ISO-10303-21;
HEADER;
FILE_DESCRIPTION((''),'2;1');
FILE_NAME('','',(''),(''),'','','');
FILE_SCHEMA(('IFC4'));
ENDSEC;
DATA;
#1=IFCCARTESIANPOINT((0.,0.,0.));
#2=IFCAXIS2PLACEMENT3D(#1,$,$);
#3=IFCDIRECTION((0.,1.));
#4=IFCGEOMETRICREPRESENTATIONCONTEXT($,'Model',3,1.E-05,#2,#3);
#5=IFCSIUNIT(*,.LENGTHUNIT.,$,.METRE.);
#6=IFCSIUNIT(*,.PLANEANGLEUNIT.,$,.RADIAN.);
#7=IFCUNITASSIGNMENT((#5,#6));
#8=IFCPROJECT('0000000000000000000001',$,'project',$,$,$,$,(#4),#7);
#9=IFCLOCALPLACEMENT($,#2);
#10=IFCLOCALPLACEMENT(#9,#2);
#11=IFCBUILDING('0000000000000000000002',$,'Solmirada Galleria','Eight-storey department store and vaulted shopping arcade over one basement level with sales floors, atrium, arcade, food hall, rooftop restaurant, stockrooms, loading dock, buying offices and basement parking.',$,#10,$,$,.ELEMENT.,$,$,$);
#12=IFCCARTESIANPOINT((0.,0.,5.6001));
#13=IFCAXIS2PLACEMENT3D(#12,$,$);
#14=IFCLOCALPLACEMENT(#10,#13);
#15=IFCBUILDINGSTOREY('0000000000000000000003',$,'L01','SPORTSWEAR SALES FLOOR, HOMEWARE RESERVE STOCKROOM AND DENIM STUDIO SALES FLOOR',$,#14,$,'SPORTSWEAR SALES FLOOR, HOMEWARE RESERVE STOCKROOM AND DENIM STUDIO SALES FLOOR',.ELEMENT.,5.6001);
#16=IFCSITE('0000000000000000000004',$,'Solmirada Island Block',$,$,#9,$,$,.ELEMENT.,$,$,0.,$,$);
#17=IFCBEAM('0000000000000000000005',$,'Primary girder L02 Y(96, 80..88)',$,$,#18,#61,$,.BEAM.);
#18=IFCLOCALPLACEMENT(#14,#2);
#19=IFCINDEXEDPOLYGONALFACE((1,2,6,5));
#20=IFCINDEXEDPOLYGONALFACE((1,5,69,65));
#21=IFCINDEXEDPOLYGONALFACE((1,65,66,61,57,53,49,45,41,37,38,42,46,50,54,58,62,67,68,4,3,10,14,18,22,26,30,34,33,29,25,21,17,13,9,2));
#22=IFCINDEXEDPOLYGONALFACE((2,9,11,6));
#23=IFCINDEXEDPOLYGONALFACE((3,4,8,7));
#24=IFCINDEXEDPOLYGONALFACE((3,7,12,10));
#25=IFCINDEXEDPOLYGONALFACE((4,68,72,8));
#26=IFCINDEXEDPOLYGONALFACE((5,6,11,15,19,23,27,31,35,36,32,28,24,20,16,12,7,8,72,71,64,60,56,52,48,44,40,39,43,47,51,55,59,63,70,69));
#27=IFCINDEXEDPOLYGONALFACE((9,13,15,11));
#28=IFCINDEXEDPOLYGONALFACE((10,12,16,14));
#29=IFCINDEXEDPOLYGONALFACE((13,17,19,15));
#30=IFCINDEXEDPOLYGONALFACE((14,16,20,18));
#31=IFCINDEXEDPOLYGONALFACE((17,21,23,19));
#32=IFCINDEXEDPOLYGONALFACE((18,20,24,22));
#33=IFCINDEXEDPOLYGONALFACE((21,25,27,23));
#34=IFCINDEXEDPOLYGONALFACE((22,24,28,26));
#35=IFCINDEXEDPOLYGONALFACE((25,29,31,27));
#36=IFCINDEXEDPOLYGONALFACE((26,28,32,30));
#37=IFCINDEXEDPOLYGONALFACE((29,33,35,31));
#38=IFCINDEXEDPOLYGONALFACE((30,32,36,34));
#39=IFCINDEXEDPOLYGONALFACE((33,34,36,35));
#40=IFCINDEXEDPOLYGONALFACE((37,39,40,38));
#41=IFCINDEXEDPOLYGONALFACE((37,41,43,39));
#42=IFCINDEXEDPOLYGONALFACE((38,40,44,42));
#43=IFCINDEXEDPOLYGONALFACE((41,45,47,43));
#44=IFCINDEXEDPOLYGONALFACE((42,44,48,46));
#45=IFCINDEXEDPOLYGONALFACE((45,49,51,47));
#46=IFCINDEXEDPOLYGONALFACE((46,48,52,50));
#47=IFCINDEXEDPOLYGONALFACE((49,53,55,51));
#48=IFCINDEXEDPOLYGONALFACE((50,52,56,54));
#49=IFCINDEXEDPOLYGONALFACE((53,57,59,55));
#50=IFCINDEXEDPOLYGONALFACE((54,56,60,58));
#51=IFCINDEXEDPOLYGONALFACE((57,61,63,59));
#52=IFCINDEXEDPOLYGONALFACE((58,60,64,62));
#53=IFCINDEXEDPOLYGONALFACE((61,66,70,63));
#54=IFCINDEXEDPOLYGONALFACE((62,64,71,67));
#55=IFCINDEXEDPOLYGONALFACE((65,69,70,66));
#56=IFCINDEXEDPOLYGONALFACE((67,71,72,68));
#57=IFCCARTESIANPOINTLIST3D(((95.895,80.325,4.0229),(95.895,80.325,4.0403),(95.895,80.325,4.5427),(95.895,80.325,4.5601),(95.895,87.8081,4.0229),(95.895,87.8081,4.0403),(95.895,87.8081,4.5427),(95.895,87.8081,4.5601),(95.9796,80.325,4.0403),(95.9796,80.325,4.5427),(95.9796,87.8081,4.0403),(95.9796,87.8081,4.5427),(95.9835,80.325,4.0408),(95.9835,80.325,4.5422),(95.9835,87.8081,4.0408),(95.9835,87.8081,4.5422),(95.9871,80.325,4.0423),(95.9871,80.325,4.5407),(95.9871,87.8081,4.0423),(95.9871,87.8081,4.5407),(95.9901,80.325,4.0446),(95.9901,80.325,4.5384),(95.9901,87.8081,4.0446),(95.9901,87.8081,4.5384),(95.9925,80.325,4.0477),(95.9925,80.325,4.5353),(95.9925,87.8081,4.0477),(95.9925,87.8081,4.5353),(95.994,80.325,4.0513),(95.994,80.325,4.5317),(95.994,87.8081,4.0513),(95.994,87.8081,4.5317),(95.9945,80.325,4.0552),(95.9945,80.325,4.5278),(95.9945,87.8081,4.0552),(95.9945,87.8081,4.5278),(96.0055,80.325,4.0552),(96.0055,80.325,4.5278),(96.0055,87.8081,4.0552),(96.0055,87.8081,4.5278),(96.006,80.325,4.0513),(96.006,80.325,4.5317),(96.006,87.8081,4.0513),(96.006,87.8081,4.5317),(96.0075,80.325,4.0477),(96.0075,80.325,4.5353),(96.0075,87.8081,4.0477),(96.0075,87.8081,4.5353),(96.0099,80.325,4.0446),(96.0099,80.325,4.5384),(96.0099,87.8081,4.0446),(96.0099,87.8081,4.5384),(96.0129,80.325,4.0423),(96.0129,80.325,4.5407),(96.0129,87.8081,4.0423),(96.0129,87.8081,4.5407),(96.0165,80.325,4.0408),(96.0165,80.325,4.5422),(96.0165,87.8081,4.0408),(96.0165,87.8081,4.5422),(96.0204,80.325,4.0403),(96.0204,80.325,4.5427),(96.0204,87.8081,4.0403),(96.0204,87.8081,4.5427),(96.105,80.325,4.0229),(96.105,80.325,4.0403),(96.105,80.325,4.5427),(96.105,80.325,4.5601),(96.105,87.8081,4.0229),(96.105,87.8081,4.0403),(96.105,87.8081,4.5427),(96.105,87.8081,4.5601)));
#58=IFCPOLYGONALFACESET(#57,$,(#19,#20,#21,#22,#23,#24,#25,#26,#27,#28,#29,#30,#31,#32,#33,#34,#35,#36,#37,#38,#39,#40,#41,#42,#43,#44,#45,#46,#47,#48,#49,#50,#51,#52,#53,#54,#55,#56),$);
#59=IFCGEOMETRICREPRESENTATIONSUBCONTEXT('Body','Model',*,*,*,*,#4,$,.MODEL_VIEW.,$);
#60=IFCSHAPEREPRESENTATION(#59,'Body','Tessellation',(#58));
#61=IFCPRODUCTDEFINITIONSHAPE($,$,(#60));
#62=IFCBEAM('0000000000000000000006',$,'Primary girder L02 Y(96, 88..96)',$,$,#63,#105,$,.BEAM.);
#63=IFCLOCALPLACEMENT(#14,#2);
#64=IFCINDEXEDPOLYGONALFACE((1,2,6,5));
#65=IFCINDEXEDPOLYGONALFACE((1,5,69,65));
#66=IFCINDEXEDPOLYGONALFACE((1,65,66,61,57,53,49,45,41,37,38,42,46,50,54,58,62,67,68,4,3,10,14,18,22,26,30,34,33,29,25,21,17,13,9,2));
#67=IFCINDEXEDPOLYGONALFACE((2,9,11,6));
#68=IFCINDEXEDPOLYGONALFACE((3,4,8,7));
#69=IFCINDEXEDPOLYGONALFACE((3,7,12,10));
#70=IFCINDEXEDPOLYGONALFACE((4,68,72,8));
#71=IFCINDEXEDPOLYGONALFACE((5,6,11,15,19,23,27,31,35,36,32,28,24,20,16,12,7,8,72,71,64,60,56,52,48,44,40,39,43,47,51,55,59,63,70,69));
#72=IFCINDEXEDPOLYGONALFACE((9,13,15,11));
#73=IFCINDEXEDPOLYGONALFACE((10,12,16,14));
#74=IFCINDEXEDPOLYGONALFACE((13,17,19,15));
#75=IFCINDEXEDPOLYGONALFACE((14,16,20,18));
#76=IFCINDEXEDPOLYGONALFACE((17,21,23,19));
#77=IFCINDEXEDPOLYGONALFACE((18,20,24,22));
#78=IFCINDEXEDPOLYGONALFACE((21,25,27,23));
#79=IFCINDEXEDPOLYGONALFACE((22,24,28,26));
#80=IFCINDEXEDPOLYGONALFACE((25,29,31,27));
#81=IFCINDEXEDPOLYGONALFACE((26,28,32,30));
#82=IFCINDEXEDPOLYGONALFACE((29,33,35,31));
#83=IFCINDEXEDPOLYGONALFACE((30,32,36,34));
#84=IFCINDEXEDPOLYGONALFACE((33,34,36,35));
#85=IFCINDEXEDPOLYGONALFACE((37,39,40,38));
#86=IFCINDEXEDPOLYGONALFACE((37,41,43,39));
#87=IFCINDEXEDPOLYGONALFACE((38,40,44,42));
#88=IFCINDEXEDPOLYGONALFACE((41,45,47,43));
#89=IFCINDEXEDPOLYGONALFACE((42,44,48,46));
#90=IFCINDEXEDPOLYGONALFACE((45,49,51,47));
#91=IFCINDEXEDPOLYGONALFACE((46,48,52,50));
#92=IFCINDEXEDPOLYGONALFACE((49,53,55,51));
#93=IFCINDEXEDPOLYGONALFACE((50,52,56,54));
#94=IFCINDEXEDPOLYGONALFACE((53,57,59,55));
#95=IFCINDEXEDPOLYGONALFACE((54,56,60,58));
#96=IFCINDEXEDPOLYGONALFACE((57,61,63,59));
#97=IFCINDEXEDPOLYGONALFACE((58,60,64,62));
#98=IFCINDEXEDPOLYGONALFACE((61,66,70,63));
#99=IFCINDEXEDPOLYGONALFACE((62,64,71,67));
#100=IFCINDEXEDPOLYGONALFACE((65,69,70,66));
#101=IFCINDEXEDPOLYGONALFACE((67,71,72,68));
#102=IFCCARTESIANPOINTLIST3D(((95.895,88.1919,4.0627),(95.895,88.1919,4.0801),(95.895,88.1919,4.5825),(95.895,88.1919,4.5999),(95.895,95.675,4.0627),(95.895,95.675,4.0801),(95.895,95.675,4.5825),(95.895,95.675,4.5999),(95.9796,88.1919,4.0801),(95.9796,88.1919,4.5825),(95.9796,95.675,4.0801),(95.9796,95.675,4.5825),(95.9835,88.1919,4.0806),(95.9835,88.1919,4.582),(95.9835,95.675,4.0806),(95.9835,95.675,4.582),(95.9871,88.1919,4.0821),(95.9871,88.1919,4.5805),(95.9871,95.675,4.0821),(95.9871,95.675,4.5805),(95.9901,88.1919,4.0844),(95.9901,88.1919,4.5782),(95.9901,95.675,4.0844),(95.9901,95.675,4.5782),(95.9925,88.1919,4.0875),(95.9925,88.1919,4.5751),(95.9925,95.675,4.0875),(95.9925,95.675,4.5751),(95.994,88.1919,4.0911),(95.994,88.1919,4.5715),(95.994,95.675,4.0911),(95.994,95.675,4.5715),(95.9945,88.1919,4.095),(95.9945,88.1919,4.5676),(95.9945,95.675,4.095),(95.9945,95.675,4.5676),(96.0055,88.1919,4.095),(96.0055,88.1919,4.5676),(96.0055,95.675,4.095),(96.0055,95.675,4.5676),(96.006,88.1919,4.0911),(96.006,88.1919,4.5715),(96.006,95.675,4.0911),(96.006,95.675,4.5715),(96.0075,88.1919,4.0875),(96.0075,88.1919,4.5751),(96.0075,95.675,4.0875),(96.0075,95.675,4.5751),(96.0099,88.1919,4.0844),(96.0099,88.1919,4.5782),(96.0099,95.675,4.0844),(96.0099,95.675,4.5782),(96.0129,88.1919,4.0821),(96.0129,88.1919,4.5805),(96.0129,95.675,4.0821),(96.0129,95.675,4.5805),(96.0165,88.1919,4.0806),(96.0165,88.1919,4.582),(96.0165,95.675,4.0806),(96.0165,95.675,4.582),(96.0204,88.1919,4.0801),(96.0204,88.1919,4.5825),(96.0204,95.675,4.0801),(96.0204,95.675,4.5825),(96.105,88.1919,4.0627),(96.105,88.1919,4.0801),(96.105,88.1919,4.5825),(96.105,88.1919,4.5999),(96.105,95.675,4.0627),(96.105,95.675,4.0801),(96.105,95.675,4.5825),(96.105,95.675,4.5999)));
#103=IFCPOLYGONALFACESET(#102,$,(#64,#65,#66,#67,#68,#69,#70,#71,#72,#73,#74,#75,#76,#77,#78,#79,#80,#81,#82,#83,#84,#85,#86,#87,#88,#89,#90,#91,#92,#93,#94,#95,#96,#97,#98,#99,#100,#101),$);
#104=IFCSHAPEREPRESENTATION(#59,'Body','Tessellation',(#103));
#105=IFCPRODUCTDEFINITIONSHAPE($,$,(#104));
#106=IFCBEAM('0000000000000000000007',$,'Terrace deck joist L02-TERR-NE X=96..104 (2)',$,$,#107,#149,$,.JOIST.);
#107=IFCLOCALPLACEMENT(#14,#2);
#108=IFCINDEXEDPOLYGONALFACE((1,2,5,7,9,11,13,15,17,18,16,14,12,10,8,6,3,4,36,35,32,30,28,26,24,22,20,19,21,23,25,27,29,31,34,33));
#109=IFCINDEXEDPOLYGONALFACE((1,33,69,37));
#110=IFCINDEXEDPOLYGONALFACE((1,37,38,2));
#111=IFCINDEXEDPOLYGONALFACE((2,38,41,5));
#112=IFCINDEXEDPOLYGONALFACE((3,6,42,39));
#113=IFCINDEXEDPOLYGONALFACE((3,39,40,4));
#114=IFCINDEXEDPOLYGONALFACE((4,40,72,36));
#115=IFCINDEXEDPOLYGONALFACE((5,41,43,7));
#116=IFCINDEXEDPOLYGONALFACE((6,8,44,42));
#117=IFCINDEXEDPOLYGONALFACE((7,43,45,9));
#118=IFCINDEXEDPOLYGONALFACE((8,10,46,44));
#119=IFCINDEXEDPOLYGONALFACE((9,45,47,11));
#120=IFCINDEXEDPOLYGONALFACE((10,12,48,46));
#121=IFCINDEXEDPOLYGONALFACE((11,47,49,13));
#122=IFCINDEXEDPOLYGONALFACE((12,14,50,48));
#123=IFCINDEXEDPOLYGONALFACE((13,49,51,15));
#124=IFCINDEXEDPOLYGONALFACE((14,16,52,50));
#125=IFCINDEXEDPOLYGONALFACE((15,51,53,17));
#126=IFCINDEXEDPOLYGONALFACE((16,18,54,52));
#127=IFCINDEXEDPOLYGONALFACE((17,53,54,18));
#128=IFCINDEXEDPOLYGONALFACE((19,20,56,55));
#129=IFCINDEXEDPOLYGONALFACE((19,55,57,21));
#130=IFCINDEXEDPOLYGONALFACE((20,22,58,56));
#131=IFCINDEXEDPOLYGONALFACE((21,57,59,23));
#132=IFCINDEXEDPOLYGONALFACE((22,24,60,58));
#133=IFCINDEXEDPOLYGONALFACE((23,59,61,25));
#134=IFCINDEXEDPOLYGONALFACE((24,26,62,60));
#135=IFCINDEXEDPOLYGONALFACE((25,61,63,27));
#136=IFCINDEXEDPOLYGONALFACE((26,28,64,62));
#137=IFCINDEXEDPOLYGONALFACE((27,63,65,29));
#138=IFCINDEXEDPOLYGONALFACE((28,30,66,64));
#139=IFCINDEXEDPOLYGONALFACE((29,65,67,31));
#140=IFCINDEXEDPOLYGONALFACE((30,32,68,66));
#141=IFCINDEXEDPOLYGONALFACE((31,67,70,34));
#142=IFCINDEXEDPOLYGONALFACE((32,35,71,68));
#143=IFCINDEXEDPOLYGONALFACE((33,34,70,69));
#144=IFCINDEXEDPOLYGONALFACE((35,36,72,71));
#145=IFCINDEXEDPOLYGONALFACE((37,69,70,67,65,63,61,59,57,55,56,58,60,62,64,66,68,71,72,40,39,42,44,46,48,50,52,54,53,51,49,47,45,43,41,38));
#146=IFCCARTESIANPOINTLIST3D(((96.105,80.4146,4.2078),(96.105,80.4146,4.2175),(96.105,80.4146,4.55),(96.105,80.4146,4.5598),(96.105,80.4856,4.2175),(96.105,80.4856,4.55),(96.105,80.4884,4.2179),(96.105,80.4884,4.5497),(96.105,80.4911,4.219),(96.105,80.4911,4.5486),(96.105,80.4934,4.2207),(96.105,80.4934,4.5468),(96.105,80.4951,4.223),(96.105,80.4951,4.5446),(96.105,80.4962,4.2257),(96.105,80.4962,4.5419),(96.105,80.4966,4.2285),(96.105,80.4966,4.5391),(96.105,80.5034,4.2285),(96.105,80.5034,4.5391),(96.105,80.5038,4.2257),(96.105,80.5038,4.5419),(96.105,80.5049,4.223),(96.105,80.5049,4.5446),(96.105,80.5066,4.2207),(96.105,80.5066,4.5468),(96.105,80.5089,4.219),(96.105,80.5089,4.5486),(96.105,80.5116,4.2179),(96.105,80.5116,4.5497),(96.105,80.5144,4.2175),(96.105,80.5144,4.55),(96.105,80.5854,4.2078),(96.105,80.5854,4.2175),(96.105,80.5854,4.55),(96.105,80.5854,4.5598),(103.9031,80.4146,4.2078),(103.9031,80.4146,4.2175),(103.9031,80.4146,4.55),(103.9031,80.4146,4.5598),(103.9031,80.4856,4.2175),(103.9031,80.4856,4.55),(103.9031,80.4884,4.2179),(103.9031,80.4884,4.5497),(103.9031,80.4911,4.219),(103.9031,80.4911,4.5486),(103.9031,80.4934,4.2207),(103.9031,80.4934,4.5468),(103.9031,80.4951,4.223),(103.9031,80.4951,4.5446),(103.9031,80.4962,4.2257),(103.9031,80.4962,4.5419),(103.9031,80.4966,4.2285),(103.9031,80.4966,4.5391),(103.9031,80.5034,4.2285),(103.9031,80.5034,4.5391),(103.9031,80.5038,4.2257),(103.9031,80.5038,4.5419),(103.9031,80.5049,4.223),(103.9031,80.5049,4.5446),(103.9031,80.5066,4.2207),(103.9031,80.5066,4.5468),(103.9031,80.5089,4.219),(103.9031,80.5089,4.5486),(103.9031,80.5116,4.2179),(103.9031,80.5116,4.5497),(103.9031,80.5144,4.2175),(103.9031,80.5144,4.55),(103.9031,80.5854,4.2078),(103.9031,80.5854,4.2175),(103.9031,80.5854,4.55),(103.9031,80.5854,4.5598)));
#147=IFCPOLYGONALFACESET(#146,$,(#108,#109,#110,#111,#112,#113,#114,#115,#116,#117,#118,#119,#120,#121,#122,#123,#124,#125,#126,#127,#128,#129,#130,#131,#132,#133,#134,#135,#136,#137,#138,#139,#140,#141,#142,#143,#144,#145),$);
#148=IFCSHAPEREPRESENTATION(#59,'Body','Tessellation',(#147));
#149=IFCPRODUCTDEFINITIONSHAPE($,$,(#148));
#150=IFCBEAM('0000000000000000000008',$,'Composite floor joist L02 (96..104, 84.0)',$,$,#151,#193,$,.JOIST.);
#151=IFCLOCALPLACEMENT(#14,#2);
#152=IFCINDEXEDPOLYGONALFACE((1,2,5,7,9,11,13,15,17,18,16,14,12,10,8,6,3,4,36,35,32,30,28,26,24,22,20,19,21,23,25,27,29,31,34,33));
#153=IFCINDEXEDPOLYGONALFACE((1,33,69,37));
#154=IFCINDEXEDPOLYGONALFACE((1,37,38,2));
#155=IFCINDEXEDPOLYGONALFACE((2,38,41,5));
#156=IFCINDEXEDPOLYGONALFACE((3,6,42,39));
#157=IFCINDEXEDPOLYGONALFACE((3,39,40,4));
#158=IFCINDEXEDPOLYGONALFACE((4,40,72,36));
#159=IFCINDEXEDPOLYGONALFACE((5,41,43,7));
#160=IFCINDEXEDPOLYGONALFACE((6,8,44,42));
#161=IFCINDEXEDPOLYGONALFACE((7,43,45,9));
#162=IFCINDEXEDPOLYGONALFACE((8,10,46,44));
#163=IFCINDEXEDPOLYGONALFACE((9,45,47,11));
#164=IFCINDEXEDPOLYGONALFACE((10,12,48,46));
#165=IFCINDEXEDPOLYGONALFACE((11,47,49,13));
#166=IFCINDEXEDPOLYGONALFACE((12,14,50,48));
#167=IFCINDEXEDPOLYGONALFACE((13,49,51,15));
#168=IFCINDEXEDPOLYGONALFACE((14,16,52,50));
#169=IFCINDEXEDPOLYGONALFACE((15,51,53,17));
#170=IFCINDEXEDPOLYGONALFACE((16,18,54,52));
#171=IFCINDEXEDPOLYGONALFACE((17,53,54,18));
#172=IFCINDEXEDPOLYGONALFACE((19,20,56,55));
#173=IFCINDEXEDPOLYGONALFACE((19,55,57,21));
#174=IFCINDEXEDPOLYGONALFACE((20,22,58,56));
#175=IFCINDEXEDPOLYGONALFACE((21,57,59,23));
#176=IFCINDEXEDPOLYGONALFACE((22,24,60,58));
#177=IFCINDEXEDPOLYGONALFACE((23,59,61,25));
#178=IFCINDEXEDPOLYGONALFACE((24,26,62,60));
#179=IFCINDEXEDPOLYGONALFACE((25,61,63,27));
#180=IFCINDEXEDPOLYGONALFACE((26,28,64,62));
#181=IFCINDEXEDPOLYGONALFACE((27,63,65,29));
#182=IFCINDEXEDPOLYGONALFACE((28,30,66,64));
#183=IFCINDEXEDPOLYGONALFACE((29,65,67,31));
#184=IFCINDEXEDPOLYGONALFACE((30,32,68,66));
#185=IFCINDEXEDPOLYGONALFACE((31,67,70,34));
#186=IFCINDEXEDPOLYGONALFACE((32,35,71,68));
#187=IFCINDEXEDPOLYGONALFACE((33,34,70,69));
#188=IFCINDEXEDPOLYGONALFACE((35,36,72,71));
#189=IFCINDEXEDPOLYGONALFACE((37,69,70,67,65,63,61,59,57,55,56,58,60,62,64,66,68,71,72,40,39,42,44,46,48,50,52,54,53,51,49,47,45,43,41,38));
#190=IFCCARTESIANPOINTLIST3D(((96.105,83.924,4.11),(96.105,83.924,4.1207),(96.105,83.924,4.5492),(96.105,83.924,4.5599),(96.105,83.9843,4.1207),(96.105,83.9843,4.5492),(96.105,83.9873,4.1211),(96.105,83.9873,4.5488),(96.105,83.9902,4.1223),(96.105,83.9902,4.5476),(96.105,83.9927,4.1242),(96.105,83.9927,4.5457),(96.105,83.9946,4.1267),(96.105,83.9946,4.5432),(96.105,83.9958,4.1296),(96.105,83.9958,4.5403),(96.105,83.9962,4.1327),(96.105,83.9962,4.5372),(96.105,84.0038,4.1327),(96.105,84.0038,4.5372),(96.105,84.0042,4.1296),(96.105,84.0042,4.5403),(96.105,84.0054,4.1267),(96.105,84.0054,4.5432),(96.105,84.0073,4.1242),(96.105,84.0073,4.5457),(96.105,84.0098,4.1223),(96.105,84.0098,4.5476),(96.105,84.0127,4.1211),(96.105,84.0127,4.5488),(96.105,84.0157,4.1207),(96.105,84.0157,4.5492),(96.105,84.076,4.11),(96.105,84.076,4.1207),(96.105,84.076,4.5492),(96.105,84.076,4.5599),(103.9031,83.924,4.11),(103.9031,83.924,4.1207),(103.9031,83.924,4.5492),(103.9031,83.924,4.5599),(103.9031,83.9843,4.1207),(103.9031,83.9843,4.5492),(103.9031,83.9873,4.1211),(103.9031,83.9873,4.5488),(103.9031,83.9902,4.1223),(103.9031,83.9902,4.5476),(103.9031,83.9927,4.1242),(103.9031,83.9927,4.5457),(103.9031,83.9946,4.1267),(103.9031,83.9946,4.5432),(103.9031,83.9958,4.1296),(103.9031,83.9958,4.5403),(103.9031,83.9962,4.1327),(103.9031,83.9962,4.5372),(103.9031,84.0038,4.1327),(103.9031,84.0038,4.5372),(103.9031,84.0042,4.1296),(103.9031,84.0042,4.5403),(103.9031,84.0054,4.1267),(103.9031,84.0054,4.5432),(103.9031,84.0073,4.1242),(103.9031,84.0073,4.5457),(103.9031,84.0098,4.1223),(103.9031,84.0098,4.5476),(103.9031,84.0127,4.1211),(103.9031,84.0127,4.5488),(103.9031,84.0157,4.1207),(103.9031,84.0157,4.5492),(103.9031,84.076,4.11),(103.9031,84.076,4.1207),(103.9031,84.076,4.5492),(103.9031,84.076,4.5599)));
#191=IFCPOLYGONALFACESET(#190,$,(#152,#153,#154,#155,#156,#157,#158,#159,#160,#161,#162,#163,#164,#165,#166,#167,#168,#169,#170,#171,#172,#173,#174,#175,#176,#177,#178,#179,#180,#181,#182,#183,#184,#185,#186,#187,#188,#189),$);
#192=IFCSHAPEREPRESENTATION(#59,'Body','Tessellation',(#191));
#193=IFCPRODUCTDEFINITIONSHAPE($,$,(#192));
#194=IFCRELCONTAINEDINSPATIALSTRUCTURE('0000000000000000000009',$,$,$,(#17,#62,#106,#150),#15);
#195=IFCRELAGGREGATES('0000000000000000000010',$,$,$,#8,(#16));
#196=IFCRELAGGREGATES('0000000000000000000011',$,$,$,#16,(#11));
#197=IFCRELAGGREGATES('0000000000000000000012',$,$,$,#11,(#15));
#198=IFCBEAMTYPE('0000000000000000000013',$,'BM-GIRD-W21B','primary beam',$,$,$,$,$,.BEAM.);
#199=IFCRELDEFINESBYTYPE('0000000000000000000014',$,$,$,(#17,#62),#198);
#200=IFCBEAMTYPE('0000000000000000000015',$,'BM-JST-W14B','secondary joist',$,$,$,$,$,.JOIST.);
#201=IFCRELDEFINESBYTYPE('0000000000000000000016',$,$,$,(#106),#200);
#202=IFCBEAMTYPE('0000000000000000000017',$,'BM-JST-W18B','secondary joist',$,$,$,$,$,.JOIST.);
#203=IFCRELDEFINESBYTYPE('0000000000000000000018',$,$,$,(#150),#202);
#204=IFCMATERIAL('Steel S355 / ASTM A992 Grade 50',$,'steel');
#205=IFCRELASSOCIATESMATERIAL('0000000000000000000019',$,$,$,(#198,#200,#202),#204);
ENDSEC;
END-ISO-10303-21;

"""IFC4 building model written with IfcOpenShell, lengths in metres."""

from ifc_helpers import new_model, si_unit, direction, frame, origin, origin_2d, place, context, subcontext, project, spatial, i_section, extrude, material, material_profile, profile_set, type_object, element, save


model = new_model("IFC4")

# Units and contexts
model_context = context("Model", 3, precision=1e-05, world=origin(), true_north=direction((0.0, 1.0)))
body_context = subcontext(model_context, "Body", "Model", "MODEL_VIEW")
ifc_project = project(units=[si_unit("LENGTHUNIT", "METRE"), si_unit("PLANEANGLEUNIT", "RADIAN")], contexts=[model_context])

# Site, building, storey
site_placement = place(None, origin())
site = spatial("IfcSite", under=ifc_project, at=site_placement, Name="Solmirada Island Block", CompositionType="ELEMENT", RefElevation=0.0)
building_placement = place(site_placement, origin())
building = spatial("IfcBuilding", under=site, at=building_placement, Name="Solmirada Galleria", Description="Eight-storey department store and vaulted shopping arcade over one basement level with sales floors, atrium, arcade, food hall, rooftop restaurant, stockrooms, loading dock, buying offices and basement parking.", CompositionType="ELEMENT")
storey_placement = place(building_placement, frame((0.0, 0.0, 5.6001)))
storey = spatial("IfcBuildingStorey", under=building, at=storey_placement, Name="L01", Description="SPORTSWEAR SALES FLOOR, HOMEWARE RESERVE STOCKROOM AND DENIM STUDIO SALES FLOOR", LongName="SPORTSWEAR SALES FLOOR, HOMEWARE RESERVE STOCKROOM AND DENIM STUDIO SALES FLOOR", CompositionType="ELEMENT", Elevation=5.6001)

# Beams
ifc_material_1 = material(Name="Steel S355 / ASTM A992 Grade 50", Category="steel")
ifc_material_profile_1 = material_profile(ifc_material_1, i_section(OverallWidth=0.21, OverallDepth=0.5371, WebThickness=0.011, FlangeThickness=0.0173, FilletRadius=0.0149, at=origin_2d()), Name="W21X68")
ifc_profile_set_1 = profile_set([ifc_material_profile_1], Name="Steel S355 / ASTM A992 Grade 50")
beam_type_1 = type_object("IfcBeamType", Name="BM-GIRD-W21B", Description="primary beam", PredefinedType="BEAM", material=ifc_profile_set_1)
for number, where, z_axis, x_axis, name in (
    (1, (96.0, 80.325, 4.2915), (0.0, 1.0, 0.0), (-1.0, 0.0, 0.0), "Primary girder L02 Y(96, 80..88)"),
    (2, (96.0, 88.1919, 4.3313), (0.0, 1.0, 0.0), (-1.0, 0.0, 0.0), "Primary girder L02 Y(96, 88..96)"),
):
    element("IfcBeam", number, at=place(storey_placement, frame(where, z_axis=z_axis, x_axis=x_axis)), inside=storey, type_object=beam_type_1, Name=name, PredefinedType="BEAM", context=body_context, shape_type="SweptSolid", body=[
        extrude(i_section(OverallWidth=0.21, OverallDepth=0.5371, WebThickness=0.011, FlangeThickness=0.0173, FilletRadius=0.0149, at=origin_2d()), origin(), (0.0, 0.0, 1.0), 7.4832),
    ])
ifc_material_profile_2 = material_profile(ifc_material_1, i_section(OverallWidth=0.1709, OverallDepth=0.3521, WebThickness=0.0068, FlangeThickness=0.0098, FilletRadius=0.011, at=origin_2d()), Name="W14X30")
ifc_profile_set_2 = profile_set([ifc_material_profile_2], Name="Steel S355 / ASTM A992 Grade 50")
beam_type_2 = type_object("IfcBeamType", Name="BM-JST-W14B", Description="secondary joist", PredefinedType="JOIST", material=ifc_profile_set_2)
beam_1_placement = place(storey_placement, frame((96.105, 80.5, 4.3838), z_axis=(1.0, 0.0, 0.0), x_axis=(0.0, 1.0, 0.0)))
element("IfcBeam", 3, at=beam_1_placement, inside=storey, type_object=beam_type_2, Name="Terrace deck joist L02-TERR-NE X=96..104 (2)", PredefinedType="JOIST", context=body_context, shape_type="SweptSolid", body=[
    extrude(i_section(OverallWidth=0.1709, OverallDepth=0.3521, WebThickness=0.0068, FlangeThickness=0.0098, FilletRadius=0.011, at=origin_2d()), origin(), (0.0, 0.0, 1.0), 7.7981),
])
ifc_material_profile_3 = material_profile(ifc_material_1, i_section(OverallWidth=0.1521, OverallDepth=0.45, WebThickness=0.0076, FlangeThickness=0.0107, FilletRadius=0.012, at=origin_2d()), Name="W18X35")
ifc_profile_set_3 = profile_set([ifc_material_profile_3], Name="Steel S355 / ASTM A992 Grade 50")
beam_type_3 = type_object("IfcBeamType", Name="BM-JST-W18B", Description="secondary joist", PredefinedType="JOIST", material=ifc_profile_set_3)
for number, where, z_axis, x_axis, name in (
    (4, (96.105, 84.0, 4.335), (1.0, 0.0, 0.0), (0.0, 1.0, 0.0), "Composite floor joist L02 (96..104, 84.0)"),
):
    element("IfcBeam", number, at=place(storey_placement, frame(where, z_axis=z_axis, x_axis=x_axis)), inside=storey, type_object=beam_type_3, Name=name, PredefinedType="JOIST", context=body_context, shape_type="SweptSolid", body=[
        extrude(i_section(OverallWidth=0.1521, OverallDepth=0.45, WebThickness=0.0076, FlangeThickness=0.0107, FilletRadius=0.012, at=origin_2d()), origin(), (0.0, 0.0, 1.0), 7.7981),
    ])

save(model, "model.ifc")
